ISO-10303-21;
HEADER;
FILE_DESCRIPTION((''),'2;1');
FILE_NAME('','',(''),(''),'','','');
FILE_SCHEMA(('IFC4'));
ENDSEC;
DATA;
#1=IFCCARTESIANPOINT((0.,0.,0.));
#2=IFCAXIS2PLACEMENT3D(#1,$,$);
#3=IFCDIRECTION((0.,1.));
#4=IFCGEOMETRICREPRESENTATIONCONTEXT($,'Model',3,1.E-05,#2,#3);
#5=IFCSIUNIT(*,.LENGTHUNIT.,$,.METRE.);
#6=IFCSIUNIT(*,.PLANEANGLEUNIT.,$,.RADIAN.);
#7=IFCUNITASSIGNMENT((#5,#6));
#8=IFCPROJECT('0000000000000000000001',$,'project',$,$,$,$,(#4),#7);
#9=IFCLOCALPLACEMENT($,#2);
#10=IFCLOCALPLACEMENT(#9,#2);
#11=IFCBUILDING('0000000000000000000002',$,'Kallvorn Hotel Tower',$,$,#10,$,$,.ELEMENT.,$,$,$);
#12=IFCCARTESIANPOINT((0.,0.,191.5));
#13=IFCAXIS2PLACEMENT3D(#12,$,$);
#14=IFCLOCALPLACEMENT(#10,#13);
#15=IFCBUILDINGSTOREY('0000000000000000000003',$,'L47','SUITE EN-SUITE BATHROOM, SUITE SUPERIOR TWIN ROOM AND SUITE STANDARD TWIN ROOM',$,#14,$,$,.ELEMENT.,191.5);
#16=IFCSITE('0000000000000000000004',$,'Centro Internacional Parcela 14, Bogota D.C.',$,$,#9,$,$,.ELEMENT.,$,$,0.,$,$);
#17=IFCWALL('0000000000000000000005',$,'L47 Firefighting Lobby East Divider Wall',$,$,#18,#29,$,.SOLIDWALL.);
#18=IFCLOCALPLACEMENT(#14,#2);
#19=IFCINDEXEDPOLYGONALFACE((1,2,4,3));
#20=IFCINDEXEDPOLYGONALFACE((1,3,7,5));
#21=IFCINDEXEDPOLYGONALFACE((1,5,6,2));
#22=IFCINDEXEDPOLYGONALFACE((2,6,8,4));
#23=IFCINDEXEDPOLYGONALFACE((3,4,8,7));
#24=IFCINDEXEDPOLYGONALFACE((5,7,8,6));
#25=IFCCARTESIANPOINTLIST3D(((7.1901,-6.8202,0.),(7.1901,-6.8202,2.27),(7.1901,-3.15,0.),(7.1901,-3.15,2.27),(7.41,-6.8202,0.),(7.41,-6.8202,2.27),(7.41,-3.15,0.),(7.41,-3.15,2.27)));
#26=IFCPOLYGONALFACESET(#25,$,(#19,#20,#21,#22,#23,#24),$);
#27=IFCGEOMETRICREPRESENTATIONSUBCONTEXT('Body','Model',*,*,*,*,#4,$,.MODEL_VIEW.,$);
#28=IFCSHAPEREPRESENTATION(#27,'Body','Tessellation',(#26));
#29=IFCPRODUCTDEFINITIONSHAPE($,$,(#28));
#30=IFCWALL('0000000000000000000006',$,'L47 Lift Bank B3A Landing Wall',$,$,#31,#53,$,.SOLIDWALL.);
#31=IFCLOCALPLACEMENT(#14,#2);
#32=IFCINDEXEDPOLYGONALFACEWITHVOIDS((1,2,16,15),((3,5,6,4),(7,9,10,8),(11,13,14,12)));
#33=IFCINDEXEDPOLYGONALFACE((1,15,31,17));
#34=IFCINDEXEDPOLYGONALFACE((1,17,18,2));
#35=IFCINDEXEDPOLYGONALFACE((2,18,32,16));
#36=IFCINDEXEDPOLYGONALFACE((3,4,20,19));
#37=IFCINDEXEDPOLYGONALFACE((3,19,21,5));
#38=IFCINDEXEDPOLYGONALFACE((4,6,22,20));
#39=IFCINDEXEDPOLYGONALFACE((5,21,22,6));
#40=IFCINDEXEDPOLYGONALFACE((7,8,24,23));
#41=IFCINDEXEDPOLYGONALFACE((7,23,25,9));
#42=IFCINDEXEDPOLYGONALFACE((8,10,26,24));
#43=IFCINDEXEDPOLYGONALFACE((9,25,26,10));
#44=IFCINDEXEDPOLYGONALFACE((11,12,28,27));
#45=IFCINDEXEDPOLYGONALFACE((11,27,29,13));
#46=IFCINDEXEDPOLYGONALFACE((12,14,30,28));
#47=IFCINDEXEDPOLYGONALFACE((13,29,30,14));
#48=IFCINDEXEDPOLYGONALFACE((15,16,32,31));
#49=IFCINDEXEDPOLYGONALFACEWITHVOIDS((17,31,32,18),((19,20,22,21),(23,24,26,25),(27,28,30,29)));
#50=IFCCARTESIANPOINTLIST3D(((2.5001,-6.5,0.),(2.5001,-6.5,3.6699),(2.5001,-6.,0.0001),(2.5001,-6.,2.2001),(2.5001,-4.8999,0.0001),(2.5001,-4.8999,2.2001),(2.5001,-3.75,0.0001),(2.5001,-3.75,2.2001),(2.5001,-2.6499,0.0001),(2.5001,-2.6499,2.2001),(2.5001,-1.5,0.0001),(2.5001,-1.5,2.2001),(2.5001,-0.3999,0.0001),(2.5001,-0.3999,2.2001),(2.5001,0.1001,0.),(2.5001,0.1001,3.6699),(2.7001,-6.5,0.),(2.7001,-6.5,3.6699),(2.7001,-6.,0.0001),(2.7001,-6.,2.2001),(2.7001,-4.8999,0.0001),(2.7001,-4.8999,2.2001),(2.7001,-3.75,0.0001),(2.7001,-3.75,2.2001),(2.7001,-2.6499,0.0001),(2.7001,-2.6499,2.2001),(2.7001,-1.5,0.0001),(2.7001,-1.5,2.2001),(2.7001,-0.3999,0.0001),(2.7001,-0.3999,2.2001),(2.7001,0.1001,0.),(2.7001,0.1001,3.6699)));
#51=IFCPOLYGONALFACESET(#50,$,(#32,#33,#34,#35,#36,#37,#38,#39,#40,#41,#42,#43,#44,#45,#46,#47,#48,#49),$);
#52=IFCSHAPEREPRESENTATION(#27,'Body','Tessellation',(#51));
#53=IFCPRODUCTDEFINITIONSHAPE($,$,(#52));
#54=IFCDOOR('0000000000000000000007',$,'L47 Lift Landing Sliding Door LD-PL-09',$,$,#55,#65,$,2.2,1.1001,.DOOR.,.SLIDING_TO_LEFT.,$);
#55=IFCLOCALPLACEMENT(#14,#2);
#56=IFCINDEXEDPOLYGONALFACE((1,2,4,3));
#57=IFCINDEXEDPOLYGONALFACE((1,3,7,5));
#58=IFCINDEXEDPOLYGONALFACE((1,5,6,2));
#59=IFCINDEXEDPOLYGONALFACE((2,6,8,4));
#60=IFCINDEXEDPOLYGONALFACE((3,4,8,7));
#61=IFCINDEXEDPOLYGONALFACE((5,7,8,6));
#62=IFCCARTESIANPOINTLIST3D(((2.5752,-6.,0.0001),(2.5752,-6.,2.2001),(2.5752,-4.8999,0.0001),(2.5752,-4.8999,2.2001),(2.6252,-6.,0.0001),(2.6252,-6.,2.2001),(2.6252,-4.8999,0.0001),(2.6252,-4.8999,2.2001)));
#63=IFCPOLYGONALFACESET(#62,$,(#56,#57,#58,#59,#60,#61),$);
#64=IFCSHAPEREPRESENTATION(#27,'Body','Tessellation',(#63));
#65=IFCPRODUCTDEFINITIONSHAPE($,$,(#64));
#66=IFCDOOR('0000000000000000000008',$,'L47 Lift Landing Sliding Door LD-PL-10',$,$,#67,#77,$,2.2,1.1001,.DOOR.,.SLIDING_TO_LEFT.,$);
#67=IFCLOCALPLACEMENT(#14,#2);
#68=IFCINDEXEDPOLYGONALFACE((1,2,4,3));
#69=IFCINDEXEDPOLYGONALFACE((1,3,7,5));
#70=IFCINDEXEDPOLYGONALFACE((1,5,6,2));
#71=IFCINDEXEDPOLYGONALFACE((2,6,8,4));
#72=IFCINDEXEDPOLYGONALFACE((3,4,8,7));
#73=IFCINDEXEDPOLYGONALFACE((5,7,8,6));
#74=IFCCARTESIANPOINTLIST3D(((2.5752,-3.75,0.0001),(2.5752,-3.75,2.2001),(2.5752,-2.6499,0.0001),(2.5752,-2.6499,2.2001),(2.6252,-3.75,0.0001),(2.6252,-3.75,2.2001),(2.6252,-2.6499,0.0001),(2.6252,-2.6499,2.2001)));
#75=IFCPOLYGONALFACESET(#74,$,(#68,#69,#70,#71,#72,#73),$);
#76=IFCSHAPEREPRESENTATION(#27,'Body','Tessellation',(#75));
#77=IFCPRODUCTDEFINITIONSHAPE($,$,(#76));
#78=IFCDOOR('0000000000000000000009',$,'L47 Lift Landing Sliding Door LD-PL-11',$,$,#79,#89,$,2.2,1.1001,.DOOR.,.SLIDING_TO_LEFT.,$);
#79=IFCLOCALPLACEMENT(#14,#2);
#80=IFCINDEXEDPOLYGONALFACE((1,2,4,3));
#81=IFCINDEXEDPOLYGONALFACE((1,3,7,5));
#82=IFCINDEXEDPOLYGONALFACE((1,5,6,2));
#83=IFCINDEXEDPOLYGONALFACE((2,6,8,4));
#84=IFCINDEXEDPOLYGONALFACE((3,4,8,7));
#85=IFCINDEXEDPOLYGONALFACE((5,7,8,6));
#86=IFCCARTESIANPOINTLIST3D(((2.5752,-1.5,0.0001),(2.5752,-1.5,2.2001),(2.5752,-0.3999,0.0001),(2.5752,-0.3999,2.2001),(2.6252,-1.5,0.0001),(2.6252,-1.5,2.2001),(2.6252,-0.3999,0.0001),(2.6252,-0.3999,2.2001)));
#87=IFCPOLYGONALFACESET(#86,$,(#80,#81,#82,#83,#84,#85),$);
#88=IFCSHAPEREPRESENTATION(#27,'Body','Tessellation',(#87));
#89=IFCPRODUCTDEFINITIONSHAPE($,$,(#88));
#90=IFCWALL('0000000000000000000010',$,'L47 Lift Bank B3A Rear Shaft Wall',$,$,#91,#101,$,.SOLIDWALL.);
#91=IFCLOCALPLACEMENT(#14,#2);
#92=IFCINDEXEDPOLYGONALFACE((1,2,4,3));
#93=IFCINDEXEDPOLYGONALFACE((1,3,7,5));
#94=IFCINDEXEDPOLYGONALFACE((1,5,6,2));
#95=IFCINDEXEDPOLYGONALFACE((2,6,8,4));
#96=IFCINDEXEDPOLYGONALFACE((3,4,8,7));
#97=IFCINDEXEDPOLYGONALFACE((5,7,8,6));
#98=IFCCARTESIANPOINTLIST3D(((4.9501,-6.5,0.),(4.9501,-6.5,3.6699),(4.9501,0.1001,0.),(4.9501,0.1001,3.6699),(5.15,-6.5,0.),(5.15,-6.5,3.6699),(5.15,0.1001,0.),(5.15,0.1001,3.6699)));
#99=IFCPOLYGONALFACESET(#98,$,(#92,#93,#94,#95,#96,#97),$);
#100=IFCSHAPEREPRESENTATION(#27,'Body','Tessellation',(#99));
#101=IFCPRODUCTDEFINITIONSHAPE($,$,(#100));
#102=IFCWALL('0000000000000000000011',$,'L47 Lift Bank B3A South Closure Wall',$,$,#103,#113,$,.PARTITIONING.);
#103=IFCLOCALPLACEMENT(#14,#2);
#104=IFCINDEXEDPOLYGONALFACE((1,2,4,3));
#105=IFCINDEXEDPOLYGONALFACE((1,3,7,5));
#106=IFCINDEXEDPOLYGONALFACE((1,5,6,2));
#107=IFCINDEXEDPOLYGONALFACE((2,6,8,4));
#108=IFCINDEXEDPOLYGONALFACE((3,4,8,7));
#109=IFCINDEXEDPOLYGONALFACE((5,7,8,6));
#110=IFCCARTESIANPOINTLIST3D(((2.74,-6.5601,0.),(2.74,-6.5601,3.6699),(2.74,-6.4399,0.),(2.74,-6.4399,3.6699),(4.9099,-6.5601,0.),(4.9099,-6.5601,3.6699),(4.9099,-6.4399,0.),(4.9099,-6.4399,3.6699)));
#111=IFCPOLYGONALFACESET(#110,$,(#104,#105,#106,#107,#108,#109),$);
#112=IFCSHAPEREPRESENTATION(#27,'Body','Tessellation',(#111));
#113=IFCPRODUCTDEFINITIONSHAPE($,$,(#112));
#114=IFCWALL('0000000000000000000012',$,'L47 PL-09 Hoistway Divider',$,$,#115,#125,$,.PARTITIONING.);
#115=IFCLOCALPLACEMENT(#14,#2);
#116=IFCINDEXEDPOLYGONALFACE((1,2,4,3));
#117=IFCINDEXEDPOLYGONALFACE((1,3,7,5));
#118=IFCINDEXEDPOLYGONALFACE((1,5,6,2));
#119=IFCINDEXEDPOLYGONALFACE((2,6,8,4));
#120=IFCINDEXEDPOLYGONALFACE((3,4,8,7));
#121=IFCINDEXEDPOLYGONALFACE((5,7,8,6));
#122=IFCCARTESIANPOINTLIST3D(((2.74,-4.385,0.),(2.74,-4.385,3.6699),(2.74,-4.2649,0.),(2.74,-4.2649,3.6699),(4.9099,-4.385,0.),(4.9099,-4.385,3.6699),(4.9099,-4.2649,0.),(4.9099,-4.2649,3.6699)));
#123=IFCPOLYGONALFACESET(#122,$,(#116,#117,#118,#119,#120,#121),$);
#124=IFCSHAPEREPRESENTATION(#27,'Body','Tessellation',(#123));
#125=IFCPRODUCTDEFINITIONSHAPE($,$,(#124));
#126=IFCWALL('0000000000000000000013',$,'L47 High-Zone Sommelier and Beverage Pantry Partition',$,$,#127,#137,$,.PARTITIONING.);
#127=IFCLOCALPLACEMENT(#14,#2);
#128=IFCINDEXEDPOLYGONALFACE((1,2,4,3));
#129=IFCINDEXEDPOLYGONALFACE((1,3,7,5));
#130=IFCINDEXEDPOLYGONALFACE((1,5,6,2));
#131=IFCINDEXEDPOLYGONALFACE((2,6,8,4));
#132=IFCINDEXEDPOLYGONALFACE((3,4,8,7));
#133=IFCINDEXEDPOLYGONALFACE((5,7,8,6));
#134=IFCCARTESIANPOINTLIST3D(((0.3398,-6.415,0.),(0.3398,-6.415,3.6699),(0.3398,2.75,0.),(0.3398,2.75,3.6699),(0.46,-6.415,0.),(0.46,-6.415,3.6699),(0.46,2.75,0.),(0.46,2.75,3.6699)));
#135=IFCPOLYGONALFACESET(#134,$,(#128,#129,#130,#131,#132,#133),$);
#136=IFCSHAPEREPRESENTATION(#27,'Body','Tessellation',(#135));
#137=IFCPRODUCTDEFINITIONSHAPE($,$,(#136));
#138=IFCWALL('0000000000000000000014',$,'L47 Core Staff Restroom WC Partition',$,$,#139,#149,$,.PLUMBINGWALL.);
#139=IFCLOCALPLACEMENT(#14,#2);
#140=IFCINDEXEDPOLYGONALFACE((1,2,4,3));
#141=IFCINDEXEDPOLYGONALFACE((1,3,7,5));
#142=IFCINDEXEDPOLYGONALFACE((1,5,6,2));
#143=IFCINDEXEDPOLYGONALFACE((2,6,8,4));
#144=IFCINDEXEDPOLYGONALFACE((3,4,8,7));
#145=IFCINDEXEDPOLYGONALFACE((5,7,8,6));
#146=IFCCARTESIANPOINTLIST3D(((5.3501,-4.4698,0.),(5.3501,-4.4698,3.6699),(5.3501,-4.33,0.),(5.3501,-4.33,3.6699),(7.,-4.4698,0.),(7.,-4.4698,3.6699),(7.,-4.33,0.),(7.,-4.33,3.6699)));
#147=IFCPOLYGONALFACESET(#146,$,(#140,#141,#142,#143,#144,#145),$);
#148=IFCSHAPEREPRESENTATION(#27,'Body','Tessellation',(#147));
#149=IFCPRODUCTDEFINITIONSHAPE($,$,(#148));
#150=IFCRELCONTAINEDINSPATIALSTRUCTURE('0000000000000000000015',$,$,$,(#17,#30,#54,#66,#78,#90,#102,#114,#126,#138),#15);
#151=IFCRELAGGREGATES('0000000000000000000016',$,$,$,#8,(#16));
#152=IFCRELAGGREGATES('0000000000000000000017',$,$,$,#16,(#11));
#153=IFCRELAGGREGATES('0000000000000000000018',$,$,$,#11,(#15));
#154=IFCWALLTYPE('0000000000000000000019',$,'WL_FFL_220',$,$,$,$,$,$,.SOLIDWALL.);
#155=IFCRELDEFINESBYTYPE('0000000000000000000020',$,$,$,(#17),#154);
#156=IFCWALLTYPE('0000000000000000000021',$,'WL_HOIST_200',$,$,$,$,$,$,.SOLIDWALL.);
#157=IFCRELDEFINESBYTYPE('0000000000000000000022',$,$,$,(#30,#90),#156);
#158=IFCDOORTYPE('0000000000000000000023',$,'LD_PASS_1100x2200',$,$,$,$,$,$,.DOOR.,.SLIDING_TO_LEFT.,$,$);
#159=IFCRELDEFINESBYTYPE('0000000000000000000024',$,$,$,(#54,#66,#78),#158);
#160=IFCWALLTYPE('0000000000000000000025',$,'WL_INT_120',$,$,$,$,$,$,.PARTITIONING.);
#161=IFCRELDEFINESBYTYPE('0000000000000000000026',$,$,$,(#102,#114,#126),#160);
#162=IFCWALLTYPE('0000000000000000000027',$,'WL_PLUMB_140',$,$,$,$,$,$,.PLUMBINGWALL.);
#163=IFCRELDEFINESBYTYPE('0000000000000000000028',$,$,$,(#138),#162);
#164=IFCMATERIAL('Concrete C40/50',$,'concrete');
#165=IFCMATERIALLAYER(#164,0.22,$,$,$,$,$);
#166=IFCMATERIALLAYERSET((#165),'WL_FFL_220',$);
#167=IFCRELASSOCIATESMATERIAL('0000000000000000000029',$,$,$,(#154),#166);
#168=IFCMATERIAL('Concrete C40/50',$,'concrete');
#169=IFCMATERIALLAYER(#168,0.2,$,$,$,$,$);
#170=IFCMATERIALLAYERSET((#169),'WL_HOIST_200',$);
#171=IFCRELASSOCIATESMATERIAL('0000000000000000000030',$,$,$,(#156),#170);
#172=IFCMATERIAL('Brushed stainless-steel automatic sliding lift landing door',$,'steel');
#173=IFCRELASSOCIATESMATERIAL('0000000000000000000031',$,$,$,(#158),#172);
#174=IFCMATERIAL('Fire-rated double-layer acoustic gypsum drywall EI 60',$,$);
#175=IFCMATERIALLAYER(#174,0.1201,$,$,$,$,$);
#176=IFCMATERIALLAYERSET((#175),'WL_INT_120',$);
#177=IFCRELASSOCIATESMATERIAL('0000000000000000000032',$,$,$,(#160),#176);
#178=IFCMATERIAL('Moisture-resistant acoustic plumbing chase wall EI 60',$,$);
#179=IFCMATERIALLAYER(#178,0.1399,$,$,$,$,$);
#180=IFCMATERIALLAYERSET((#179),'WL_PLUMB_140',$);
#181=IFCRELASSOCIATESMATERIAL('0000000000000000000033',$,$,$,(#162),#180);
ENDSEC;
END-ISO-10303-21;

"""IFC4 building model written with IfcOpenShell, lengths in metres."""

from ifc_helpers import new_model, si_unit, direction, frame, frame_2d, origin, place, context, subcontext, project, spatial, rectangle, extrude, material, layer, layer_set, type_object, element, fill, save


model = new_model("IFC4")

# Units and contexts
model_context = context("Model", 3, precision=1e-05, world=origin(), true_north=direction((0.0, 1.0)))
body_context = subcontext(model_context, "Body", "Model", "MODEL_VIEW")
ifc_project = project(units=[si_unit("LENGTHUNIT", "METRE"), si_unit("PLANEANGLEUNIT", "RADIAN")], contexts=[model_context])

# Site, building, storey
site_placement = place(None, origin())
site = spatial("IfcSite", under=ifc_project, at=site_placement, Name="Centro Internacional Parcela 14, Bogota D.C.", CompositionType="ELEMENT", RefElevation=0.0)
building_placement = place(site_placement, origin())
building = spatial("IfcBuilding", under=site, at=building_placement, Name="Kallvorn Hotel Tower", CompositionType="ELEMENT")
storey_placement = place(building_placement, frame((0.0, 0.0, 191.5)))
storey = spatial("IfcBuildingStorey", under=building, at=storey_placement, Name="L47", Description="SUITE EN-SUITE BATHROOM, SUITE SUPERIOR TWIN ROOM AND SUITE STANDARD TWIN ROOM", CompositionType="ELEMENT", Elevation=191.5)

# Wall
ifc_material_1 = material(Name="Concrete C40/50", Category="concrete")
ifc_layer_1 = layer(ifc_material_1, 0.22)
ifc_layer_set_1 = layer_set([ifc_layer_1], Name="WL_FFL_220")
wall_type_1 = type_object("IfcWallType", Name="WL_FFL_220", PredefinedType="SOLIDWALL", material=ifc_layer_set_1)
wall_1_placement = place(storey_placement, frame((7.3, -6.8201, 0.0), z_axis=(0.0, 0.0, 1.0), x_axis=(0.0, 1.0, 0.0)))
element("IfcWall", 1, at=wall_1_placement, inside=storey, type_object=wall_type_1, Name="L47 Firefighting Lobby East Divider Wall", PredefinedType="SOLIDWALL", context=body_context, shape_type="SweptSolid", body=[
    extrude(rectangle(XDim=3.6702, YDim=0.22, at=frame_2d((1.835, 0.0))), origin(), (0.0, 0.0, 1.0), 2.27),
])

# Wall, openings, doors
ifc_material_2 = material(Name="Concrete C40/50", Category="concrete")
ifc_layer_2 = layer(ifc_material_2, 0.2)
ifc_layer_set_2 = layer_set([ifc_layer_2], Name="WL_HOIST_200")
wall_type_2 = type_object("IfcWallType", Name="WL_HOIST_200", PredefinedType="SOLIDWALL", material=ifc_layer_set_2)
wall_2_placement = place(storey_placement, frame((2.6001, -6.5, 0.0), z_axis=(0.0, 0.0, 1.0), x_axis=(0.0, 1.0, 0.0)))
wall_2 = element("IfcWall", 2, at=wall_2_placement, inside=storey, type_object=wall_type_2, Name="L47 Lift Bank B3A Landing Wall", PredefinedType="SOLIDWALL", context=body_context, shape_type="SweptSolid", body=[
    extrude(rectangle(XDim=6.6001, YDim=0.2, at=frame_2d((3.3, 0.0))), origin(), (0.0, 0.0, 1.0), 3.6699),
])
opening_1_placement = place(wall_2_placement, frame((0.5, 0.0, 0.0)))
opening_1 = element("IfcOpeningElement", 3, at=opening_1_placement, cuts=wall_2, PredefinedType="OPENING", context=body_context, shape_type="SweptSolid", body=[
    extrude(rectangle(XDim=1.1001, YDim=2.2, at=frame_2d((0.55, 1.1001))), frame((0.0, 0.115, 0.0), z_axis=(0.0, -1.0, 0.0), x_axis=(1.0, 0.0, 0.0)), (0.0, 0.0, 1.0), 0.23),
])
opening_2_placement = place(wall_2_placement, frame((2.75, 0.0, 0.0)))
opening_2 = element("IfcOpeningElement", 4, at=opening_2_placement, cuts=wall_2, PredefinedType="OPENING", context=body_context, shape_type="SweptSolid", body=[
    extrude(rectangle(XDim=1.1001, YDim=2.2, at=frame_2d((0.55, 1.1001))), frame((0.0, 0.115, 0.0), z_axis=(0.0, -1.0, 0.0), x_axis=(1.0, 0.0, 0.0)), (0.0, 0.0, 1.0), 0.23),
])
opening_3_placement = place(wall_2_placement, frame((5.0, 0.0, 0.0)))
opening_3 = element("IfcOpeningElement", 5, at=opening_3_placement, cuts=wall_2, PredefinedType="OPENING", context=body_context, shape_type="SweptSolid", body=[
    extrude(rectangle(XDim=1.1001, YDim=2.2, at=frame_2d((0.55, 1.1001))), frame((0.0, 0.115, 0.0), z_axis=(0.0, -1.0, 0.0), x_axis=(1.0, 0.0, 0.0)), (0.0, 0.0, 1.0), 0.23),
])
ifc_material_3 = material(Name="Brushed stainless-steel automatic sliding lift landing door", Category="steel")
door_type_1 = type_object("IfcDoorType", Name="LD_PASS_1100x2200", OperationType="SLIDING_TO_LEFT", PredefinedType="DOOR", material=ifc_material_3)
door_1_placement = place(opening_1_placement, origin())
door_1 = element("IfcDoor", 6, at=door_1_placement, inside=storey, type_object=door_type_1, Name="L47 Lift Landing Sliding Door LD-PL-09", OperationType="SLIDING_TO_LEFT", OverallHeight=2.2, OverallWidth=1.1001, PredefinedType="DOOR", context=body_context, shape_type="SweptSolid", body=[
    extrude(rectangle(XDim=1.1001, YDim=2.2, at=frame_2d((0.55, 1.1001))), frame((0.0, 0.0249, 0.0), z_axis=(0.0, -1.0, 0.0), x_axis=(1.0, 0.0, 0.0)), (0.0, 0.0, 1.0), 0.05),
])
fill(opening_1, door_1)
door_2_placement = place(opening_2_placement, origin())
door_2 = element("IfcDoor", 7, at=door_2_placement, inside=storey, type_object=door_type_1, Name="L47 Lift Landing Sliding Door LD-PL-10", OperationType="SLIDING_TO_LEFT", OverallHeight=2.2, OverallWidth=1.1001, PredefinedType="DOOR", context=body_context, shape_type="SweptSolid", body=[
    extrude(rectangle(XDim=1.1001, YDim=2.2, at=frame_2d((0.55, 1.1001))), frame((0.0, 0.0249, 0.0), z_axis=(0.0, -1.0, 0.0), x_axis=(1.0, 0.0, 0.0)), (0.0, 0.0, 1.0), 0.05),
])
fill(opening_2, door_2)
door_3_placement = place(opening_3_placement, origin())
door_3 = element("IfcDoor", 8, at=door_3_placement, inside=storey, type_object=door_type_1, Name="L47 Lift Landing Sliding Door LD-PL-11", OperationType="SLIDING_TO_LEFT", OverallHeight=2.2, OverallWidth=1.1001, PredefinedType="DOOR", context=body_context, shape_type="SweptSolid", body=[
    extrude(rectangle(XDim=1.1001, YDim=2.2, at=frame_2d((0.55, 1.1001))), frame((0.0, 0.0249, 0.0), z_axis=(0.0, -1.0, 0.0), x_axis=(1.0, 0.0, 0.0)), (0.0, 0.0, 1.0), 0.05),
])
fill(opening_3, door_3)

# Walls
wall_3_placement = place(storey_placement, frame((5.05, -6.5, 0.0), z_axis=(0.0, 0.0, 1.0), x_axis=(0.0, 1.0, 0.0)))
element("IfcWall", 9, at=wall_3_placement, inside=storey, type_object=wall_type_2, Name="L47 Lift Bank B3A Rear Shaft Wall", PredefinedType="SOLIDWALL", context=body_context, shape_type="SweptSolid", body=[
    extrude(rectangle(XDim=6.6001, YDim=0.2, at=frame_2d((3.3, 0.0))), origin(), (0.0, 0.0, 1.0), 3.6699),
])
ifc_material_4 = material(Name="Fire-rated double-layer acoustic gypsum drywall EI 60")
ifc_layer_3 = layer(ifc_material_4, 0.1201)
ifc_layer_set_3 = layer_set([ifc_layer_3], Name="WL_INT_120")
wall_type_3 = type_object("IfcWallType", Name="WL_INT_120", PredefinedType="PARTITIONING", material=ifc_layer_set_3)
for number, where, z_axis, x_axis, name in (
    (10, (2.74, -6.5, 0.0), (0.0, 0.0, 1.0), (1.0, 0.0, 0.0), "L47 Lift Bank B3A South Closure Wall"),
    (11, (2.74, -4.325, 0.0), (0.0, 0.0, 1.0), (1.0, 0.0, 0.0), "L47 PL-09 Hoistway Divider"),
):
    element("IfcWall", number, at=place(storey_placement, frame(where, z_axis=z_axis, x_axis=x_axis)), inside=storey, type_object=wall_type_3, Name=name, PredefinedType="PARTITIONING", context=body_context, shape_type="SweptSolid", body=[
        extrude(rectangle(XDim=2.1699, YDim=0.1201, at=frame_2d((1.085, 0.0))), origin(), (0.0, 0.0, 1.0), 3.6699),
    ])
wall_4_placement = place(storey_placement, frame((0.3999, -6.415, 0.0), z_axis=(0.0, 0.0, 1.0), x_axis=(0.0, 1.0, 0.0)))
element("IfcWall", 12, at=wall_4_placement, inside=storey, type_object=wall_type_3, Name="L47 High-Zone Sommelier and Beverage Pantry Partition", PredefinedType="PARTITIONING", context=body_context, shape_type="SweptSolid", body=[
    extrude(rectangle(XDim=9.165, YDim=0.1201, at=frame_2d((4.5825, 0.0))), origin(), (0.0, 0.0, 1.0), 3.6699),
])
ifc_material_5 = material(Name="Moisture-resistant acoustic plumbing chase wall EI 60")
ifc_layer_4 = layer(ifc_material_5, 0.1399)
ifc_layer_set_4 = layer_set([ifc_layer_4], Name="WL_PLUMB_140")
wall_type_4 = type_object("IfcWallType", Name="WL_PLUMB_140", PredefinedType="PLUMBINGWALL", material=ifc_layer_set_4)
wall_5_placement = place(storey_placement, frame((5.3501, -4.3999, 0.0), z_axis=(0.0, 0.0, 1.0), x_axis=(1.0, 0.0, 0.0)))
element("IfcWall", 13, at=wall_5_placement, inside=storey, type_object=wall_type_4, Name="L47 Core Staff Restroom WC Partition", PredefinedType="PLUMBINGWALL", context=body_context, shape_type="SweptSolid", body=[
    extrude(rectangle(XDim=1.6499, YDim=0.1399, at=frame_2d((0.825, 0.0))), origin(), (0.0, 0.0, 1.0), 3.6699),
])

save(model, "model.ifc")
